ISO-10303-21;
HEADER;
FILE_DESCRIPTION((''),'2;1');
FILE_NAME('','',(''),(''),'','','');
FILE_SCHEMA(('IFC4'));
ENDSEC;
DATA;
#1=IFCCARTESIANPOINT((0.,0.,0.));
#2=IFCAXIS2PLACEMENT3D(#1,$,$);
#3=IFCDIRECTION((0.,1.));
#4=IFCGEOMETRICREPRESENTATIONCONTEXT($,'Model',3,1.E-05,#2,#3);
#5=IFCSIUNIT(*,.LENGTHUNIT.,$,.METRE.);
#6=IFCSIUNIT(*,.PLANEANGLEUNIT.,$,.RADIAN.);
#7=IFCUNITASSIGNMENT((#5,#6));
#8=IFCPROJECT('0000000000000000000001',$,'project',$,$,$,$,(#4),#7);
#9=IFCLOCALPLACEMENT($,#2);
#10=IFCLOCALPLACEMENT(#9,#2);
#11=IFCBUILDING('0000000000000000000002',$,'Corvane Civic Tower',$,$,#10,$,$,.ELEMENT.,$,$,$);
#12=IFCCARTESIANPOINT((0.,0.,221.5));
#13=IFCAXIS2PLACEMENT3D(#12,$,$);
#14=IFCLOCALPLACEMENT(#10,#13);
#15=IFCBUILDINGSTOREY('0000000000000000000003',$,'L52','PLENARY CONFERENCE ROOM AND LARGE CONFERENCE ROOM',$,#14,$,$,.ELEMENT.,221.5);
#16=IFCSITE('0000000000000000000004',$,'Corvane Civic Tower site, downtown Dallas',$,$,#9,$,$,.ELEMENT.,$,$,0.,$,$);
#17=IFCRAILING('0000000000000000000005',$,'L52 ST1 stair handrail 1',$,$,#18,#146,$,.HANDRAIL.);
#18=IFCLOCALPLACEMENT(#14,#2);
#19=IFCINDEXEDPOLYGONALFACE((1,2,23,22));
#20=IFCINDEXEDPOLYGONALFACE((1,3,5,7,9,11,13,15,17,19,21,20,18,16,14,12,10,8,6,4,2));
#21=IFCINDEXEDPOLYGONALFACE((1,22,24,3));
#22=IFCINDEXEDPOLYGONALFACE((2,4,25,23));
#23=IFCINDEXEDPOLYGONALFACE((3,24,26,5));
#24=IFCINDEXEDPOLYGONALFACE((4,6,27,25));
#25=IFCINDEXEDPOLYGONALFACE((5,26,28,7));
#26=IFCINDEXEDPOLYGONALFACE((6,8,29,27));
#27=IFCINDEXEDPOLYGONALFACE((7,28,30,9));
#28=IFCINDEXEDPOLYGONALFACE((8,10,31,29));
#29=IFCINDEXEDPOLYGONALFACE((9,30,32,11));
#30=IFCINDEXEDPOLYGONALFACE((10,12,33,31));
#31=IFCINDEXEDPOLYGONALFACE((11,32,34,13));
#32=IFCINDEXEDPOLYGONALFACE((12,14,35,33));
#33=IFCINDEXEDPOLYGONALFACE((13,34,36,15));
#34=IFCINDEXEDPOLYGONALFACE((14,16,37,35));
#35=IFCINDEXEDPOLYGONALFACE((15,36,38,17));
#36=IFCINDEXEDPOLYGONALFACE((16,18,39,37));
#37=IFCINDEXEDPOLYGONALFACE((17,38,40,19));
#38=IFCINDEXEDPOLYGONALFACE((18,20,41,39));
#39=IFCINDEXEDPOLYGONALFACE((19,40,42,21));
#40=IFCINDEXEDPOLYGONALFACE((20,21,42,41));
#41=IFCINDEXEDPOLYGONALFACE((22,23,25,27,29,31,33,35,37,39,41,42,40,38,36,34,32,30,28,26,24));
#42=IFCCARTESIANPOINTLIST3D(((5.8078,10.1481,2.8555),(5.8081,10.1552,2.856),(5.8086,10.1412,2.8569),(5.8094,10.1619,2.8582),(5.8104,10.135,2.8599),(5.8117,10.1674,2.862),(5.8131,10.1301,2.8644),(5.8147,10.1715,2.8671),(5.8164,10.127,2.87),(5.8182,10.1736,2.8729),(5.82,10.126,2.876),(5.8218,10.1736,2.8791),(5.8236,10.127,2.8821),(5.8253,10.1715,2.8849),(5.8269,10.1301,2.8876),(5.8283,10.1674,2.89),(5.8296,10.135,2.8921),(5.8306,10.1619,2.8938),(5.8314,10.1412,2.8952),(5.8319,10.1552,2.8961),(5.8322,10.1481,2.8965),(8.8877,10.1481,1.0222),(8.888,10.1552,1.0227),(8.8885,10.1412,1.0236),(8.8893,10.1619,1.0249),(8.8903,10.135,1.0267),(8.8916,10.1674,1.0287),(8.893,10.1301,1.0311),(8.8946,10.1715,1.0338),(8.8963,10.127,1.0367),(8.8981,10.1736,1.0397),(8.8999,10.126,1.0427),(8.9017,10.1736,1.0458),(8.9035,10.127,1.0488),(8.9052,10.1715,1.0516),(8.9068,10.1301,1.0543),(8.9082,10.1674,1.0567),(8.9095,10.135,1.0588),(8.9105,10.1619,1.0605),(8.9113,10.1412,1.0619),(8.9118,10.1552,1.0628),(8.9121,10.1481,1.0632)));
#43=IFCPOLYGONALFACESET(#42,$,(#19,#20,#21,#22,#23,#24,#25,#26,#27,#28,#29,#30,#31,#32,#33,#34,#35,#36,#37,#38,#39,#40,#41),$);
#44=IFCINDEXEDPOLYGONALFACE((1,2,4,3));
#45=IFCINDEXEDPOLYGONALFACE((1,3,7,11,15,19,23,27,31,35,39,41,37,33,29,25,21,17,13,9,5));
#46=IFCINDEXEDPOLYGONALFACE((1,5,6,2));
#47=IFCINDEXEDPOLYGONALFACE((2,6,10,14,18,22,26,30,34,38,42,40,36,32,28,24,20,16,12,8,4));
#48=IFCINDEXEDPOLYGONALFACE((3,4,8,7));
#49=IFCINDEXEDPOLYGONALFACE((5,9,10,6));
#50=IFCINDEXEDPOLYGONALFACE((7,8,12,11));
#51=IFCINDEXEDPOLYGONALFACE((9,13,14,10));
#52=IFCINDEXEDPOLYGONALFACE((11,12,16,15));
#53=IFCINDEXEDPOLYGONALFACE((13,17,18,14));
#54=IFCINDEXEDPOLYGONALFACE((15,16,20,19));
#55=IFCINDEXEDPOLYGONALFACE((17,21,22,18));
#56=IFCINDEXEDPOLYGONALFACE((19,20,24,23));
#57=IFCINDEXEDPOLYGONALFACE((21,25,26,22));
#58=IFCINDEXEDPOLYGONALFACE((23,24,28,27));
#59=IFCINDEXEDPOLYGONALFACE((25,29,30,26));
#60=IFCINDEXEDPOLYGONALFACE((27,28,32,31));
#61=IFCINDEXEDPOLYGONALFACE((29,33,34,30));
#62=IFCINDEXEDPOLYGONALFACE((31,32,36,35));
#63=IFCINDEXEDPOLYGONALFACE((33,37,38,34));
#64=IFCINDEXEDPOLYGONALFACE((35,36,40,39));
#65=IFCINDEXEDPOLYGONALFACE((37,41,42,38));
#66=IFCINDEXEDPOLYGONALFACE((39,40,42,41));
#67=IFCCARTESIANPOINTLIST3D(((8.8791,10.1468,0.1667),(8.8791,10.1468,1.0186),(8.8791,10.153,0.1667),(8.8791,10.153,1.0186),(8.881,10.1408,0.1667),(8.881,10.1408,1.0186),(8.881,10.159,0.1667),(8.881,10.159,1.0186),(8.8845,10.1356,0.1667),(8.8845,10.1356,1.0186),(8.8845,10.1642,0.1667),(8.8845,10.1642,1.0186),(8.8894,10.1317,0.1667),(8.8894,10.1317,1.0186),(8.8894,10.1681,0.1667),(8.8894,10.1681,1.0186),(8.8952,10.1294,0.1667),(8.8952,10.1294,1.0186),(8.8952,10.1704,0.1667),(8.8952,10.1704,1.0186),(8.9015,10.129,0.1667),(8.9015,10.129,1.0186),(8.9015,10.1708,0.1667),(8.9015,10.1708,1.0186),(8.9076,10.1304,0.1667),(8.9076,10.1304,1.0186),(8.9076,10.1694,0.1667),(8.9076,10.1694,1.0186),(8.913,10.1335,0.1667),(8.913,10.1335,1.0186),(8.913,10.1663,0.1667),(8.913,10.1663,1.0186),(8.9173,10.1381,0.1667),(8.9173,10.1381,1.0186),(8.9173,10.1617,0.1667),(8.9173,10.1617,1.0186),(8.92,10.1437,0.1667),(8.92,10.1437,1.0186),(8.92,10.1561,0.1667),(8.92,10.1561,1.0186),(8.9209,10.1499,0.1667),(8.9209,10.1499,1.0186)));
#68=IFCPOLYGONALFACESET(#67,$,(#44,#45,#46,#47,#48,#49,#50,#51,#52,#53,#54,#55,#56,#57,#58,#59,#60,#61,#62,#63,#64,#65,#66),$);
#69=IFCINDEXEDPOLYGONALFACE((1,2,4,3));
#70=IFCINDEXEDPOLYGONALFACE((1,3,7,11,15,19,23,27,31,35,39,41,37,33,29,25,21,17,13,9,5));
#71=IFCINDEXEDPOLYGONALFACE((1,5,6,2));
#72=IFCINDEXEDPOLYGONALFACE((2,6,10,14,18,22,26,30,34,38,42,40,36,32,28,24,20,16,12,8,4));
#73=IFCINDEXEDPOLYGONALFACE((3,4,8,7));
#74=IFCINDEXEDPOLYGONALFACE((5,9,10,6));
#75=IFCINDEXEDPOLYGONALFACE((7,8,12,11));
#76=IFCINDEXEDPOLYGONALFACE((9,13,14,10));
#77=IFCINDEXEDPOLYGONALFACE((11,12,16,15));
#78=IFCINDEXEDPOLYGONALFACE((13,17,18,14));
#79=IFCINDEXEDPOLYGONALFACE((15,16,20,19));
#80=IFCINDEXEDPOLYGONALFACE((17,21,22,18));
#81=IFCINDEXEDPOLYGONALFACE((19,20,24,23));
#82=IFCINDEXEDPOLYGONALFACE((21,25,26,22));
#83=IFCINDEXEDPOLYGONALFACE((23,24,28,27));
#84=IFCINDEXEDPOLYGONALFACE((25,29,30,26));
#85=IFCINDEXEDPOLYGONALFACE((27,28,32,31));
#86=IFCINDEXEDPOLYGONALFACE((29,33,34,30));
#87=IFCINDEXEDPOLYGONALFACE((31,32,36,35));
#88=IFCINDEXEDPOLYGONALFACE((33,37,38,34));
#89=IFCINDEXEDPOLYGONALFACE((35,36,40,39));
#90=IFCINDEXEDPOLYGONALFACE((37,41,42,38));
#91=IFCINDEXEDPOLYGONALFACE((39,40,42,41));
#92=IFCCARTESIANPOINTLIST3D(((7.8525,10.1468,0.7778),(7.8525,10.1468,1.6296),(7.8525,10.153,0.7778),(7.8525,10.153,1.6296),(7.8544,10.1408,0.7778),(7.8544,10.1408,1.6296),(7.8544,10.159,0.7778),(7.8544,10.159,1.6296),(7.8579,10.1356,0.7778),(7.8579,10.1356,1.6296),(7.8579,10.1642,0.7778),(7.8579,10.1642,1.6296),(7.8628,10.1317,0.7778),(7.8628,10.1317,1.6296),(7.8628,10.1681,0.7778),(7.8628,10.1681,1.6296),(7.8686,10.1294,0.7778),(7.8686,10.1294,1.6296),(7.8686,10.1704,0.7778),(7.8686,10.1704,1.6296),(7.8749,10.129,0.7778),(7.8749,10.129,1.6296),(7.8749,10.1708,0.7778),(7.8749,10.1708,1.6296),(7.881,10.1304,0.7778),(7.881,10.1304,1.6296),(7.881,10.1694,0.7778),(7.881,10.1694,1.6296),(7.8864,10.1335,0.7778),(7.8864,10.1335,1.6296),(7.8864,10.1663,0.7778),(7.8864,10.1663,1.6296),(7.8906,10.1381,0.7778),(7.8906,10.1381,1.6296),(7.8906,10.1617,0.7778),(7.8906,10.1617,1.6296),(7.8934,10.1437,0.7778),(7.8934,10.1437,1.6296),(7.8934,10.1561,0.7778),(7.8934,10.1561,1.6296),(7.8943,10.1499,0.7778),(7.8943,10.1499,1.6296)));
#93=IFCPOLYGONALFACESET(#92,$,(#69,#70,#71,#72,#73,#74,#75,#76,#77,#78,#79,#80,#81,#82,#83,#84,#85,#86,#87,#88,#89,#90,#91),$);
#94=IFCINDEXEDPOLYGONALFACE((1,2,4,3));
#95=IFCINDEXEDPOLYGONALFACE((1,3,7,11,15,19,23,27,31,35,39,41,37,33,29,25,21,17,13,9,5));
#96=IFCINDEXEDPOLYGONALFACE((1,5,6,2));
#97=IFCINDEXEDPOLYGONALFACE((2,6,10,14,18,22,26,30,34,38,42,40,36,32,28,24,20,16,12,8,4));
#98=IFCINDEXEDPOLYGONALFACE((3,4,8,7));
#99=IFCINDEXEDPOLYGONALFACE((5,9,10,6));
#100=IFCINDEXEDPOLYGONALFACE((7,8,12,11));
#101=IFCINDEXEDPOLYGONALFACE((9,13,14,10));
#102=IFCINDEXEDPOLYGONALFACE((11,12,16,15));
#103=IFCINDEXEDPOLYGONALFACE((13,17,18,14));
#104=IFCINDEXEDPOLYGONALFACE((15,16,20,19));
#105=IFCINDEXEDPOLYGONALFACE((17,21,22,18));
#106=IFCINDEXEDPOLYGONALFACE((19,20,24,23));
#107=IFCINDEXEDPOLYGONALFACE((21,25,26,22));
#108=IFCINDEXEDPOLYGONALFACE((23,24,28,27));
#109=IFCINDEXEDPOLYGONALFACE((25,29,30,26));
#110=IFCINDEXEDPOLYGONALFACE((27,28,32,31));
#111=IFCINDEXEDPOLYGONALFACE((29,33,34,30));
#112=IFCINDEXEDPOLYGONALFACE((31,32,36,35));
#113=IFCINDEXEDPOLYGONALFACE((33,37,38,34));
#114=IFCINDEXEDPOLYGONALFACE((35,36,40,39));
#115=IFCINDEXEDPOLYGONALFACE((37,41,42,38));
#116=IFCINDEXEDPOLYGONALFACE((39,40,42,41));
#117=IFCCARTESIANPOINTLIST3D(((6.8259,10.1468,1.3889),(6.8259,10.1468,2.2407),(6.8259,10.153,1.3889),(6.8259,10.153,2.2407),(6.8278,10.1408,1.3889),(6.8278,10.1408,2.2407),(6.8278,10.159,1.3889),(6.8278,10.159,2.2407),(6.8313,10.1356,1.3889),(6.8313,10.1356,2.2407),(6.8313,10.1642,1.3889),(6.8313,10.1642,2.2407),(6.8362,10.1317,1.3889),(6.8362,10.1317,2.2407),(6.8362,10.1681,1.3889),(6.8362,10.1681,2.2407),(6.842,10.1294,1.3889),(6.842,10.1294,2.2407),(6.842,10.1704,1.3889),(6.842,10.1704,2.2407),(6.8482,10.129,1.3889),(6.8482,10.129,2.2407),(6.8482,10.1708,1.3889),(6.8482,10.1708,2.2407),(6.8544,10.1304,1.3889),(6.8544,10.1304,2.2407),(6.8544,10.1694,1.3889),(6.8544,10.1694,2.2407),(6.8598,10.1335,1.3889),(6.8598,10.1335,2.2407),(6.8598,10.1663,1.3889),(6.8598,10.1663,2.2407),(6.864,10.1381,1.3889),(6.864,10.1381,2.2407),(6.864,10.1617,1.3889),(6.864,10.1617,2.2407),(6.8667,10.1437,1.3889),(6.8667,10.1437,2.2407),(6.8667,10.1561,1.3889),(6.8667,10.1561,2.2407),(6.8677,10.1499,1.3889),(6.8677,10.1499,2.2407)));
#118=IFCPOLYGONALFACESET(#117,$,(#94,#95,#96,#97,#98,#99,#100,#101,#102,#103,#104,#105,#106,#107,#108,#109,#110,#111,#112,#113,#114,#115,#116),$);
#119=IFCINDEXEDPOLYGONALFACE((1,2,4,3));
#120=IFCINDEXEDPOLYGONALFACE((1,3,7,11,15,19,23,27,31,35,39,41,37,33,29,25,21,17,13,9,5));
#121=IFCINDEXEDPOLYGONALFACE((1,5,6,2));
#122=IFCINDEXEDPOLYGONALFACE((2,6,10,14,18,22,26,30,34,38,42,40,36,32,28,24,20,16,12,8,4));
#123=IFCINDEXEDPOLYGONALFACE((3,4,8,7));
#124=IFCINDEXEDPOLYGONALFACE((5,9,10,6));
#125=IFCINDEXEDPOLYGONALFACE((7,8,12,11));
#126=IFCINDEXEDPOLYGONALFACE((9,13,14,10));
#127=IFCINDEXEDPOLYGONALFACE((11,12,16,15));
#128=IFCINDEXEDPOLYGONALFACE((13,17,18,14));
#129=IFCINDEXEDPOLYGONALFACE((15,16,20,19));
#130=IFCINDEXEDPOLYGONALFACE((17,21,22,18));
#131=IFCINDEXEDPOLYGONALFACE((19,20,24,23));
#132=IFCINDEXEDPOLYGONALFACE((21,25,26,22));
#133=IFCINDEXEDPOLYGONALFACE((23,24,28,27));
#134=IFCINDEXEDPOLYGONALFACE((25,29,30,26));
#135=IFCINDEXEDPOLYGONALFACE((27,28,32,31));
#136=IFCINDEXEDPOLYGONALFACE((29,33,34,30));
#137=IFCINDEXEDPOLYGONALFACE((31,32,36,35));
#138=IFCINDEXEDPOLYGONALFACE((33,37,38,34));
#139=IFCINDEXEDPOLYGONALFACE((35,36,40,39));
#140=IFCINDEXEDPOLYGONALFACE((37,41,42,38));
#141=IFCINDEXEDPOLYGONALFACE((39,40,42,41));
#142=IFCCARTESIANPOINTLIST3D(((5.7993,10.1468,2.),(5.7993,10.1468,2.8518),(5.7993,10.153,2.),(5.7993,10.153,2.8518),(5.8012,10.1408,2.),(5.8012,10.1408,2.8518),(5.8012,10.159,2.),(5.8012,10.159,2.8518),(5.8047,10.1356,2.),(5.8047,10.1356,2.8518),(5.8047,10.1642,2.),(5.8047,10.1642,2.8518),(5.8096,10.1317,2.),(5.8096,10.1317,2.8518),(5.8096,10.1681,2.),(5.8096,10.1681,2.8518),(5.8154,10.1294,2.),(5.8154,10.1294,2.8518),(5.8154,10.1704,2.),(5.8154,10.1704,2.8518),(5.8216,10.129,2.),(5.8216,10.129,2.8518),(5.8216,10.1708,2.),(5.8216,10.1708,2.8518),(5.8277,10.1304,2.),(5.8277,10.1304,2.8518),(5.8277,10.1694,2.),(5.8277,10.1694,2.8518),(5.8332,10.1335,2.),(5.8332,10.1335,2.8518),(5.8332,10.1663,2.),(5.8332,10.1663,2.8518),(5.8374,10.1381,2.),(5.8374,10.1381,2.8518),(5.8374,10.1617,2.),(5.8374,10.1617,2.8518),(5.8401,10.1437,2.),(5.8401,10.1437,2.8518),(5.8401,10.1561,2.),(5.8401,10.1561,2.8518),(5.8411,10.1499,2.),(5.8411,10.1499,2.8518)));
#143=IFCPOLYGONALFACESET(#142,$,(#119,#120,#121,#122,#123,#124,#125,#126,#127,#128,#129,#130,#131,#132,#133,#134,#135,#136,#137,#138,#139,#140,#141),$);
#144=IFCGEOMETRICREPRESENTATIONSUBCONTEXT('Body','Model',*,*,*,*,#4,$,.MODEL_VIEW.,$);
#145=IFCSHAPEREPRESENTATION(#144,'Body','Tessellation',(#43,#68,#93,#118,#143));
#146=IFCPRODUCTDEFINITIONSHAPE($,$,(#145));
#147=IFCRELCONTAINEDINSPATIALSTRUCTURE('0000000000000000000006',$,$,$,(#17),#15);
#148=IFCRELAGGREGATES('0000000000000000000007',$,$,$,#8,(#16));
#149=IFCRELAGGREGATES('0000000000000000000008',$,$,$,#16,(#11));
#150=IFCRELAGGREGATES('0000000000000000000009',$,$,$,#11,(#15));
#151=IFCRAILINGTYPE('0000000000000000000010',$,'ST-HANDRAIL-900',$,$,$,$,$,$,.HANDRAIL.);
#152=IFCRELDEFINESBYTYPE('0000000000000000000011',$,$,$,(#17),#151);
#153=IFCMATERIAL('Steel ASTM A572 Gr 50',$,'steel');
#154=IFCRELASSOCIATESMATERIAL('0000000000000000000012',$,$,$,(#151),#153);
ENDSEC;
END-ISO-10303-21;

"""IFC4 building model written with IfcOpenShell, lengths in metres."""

from ifc_helpers import new_model, si_unit, direction, frame, origin, origin_2d, place, context, subcontext, project, spatial, circle, extrude, material, type_object, element, save


model = new_model("IFC4")

# Units and contexts
model_context = context("Model", 3, precision=1e-05, world=origin(), true_north=direction((0.0, 1.0)))
body_context = subcontext(model_context, "Body", "Model", "MODEL_VIEW")
ifc_project = project(units=[si_unit("LENGTHUNIT", "METRE"), si_unit("PLANEANGLEUNIT", "RADIAN")], contexts=[model_context])

# Site, building, storey
site_placement = place(None, origin())
site = spatial("IfcSite", under=ifc_project, at=site_placement, Name="Corvane Civic Tower site, downtown Dallas", CompositionType="ELEMENT", RefElevation=0.0)
building_placement = place(site_placement, origin())
building = spatial("IfcBuilding", under=site, at=building_placement, Name="Corvane Civic Tower", CompositionType="ELEMENT")
storey_placement = place(building_placement, frame((0.0, 0.0, 221.5)))
storey = spatial("IfcBuildingStorey", under=building, at=storey_placement, Name="L52", Description="PLENARY CONFERENCE ROOM AND LARGE CONFERENCE ROOM", CompositionType="ELEMENT", Elevation=221.5)

# Railing
ifc_material_1 = material(Name="Steel ASTM A572 Gr 50", Category="steel")
railing_type = type_object("IfcRailingType", Name="ST-HANDRAIL-900", PredefinedType="HANDRAIL", material=ifc_material_1)
railing_placement = place(storey_placement, frame((8.8999, 10.1499, 0.1667)))
element("IfcRailing", 1, at=railing_placement, inside=storey, type_object=railing_type, Name="L52 ST1 stair handrail 1", PredefinedType="HANDRAIL", context=body_context, shape_type="SweptSolid", body=[
    extrude(circle(Radius=0.0239, at=origin_2d()), frame((0.0, 0.0, 0.876), z_axis=(-0.859291, 0.0, 0.511487), x_axis=(0.0, -1.0, 0.0)), (0.0, 0.0, 1.0), 3.5842),
    extrude(circle(Radius=0.021, at=origin_2d()), origin(), (0.0, 0.0, 1.0), 0.8518),
    extrude(circle(Radius=0.021, at=origin_2d()), frame((-1.0266, 0.0, 0.6111)), (0.0, 0.0, 1.0), 0.8518),
    extrude(circle(Radius=0.021, at=origin_2d()), frame((-2.0532, 0.0, 1.2222)), (0.0, 0.0, 1.0), 0.8518),
    extrude(circle(Radius=0.021, at=origin_2d()), frame((-3.0798, 0.0, 1.8333)), (0.0, 0.0, 1.0), 0.8518),
])

save(model, "model.ifc")
